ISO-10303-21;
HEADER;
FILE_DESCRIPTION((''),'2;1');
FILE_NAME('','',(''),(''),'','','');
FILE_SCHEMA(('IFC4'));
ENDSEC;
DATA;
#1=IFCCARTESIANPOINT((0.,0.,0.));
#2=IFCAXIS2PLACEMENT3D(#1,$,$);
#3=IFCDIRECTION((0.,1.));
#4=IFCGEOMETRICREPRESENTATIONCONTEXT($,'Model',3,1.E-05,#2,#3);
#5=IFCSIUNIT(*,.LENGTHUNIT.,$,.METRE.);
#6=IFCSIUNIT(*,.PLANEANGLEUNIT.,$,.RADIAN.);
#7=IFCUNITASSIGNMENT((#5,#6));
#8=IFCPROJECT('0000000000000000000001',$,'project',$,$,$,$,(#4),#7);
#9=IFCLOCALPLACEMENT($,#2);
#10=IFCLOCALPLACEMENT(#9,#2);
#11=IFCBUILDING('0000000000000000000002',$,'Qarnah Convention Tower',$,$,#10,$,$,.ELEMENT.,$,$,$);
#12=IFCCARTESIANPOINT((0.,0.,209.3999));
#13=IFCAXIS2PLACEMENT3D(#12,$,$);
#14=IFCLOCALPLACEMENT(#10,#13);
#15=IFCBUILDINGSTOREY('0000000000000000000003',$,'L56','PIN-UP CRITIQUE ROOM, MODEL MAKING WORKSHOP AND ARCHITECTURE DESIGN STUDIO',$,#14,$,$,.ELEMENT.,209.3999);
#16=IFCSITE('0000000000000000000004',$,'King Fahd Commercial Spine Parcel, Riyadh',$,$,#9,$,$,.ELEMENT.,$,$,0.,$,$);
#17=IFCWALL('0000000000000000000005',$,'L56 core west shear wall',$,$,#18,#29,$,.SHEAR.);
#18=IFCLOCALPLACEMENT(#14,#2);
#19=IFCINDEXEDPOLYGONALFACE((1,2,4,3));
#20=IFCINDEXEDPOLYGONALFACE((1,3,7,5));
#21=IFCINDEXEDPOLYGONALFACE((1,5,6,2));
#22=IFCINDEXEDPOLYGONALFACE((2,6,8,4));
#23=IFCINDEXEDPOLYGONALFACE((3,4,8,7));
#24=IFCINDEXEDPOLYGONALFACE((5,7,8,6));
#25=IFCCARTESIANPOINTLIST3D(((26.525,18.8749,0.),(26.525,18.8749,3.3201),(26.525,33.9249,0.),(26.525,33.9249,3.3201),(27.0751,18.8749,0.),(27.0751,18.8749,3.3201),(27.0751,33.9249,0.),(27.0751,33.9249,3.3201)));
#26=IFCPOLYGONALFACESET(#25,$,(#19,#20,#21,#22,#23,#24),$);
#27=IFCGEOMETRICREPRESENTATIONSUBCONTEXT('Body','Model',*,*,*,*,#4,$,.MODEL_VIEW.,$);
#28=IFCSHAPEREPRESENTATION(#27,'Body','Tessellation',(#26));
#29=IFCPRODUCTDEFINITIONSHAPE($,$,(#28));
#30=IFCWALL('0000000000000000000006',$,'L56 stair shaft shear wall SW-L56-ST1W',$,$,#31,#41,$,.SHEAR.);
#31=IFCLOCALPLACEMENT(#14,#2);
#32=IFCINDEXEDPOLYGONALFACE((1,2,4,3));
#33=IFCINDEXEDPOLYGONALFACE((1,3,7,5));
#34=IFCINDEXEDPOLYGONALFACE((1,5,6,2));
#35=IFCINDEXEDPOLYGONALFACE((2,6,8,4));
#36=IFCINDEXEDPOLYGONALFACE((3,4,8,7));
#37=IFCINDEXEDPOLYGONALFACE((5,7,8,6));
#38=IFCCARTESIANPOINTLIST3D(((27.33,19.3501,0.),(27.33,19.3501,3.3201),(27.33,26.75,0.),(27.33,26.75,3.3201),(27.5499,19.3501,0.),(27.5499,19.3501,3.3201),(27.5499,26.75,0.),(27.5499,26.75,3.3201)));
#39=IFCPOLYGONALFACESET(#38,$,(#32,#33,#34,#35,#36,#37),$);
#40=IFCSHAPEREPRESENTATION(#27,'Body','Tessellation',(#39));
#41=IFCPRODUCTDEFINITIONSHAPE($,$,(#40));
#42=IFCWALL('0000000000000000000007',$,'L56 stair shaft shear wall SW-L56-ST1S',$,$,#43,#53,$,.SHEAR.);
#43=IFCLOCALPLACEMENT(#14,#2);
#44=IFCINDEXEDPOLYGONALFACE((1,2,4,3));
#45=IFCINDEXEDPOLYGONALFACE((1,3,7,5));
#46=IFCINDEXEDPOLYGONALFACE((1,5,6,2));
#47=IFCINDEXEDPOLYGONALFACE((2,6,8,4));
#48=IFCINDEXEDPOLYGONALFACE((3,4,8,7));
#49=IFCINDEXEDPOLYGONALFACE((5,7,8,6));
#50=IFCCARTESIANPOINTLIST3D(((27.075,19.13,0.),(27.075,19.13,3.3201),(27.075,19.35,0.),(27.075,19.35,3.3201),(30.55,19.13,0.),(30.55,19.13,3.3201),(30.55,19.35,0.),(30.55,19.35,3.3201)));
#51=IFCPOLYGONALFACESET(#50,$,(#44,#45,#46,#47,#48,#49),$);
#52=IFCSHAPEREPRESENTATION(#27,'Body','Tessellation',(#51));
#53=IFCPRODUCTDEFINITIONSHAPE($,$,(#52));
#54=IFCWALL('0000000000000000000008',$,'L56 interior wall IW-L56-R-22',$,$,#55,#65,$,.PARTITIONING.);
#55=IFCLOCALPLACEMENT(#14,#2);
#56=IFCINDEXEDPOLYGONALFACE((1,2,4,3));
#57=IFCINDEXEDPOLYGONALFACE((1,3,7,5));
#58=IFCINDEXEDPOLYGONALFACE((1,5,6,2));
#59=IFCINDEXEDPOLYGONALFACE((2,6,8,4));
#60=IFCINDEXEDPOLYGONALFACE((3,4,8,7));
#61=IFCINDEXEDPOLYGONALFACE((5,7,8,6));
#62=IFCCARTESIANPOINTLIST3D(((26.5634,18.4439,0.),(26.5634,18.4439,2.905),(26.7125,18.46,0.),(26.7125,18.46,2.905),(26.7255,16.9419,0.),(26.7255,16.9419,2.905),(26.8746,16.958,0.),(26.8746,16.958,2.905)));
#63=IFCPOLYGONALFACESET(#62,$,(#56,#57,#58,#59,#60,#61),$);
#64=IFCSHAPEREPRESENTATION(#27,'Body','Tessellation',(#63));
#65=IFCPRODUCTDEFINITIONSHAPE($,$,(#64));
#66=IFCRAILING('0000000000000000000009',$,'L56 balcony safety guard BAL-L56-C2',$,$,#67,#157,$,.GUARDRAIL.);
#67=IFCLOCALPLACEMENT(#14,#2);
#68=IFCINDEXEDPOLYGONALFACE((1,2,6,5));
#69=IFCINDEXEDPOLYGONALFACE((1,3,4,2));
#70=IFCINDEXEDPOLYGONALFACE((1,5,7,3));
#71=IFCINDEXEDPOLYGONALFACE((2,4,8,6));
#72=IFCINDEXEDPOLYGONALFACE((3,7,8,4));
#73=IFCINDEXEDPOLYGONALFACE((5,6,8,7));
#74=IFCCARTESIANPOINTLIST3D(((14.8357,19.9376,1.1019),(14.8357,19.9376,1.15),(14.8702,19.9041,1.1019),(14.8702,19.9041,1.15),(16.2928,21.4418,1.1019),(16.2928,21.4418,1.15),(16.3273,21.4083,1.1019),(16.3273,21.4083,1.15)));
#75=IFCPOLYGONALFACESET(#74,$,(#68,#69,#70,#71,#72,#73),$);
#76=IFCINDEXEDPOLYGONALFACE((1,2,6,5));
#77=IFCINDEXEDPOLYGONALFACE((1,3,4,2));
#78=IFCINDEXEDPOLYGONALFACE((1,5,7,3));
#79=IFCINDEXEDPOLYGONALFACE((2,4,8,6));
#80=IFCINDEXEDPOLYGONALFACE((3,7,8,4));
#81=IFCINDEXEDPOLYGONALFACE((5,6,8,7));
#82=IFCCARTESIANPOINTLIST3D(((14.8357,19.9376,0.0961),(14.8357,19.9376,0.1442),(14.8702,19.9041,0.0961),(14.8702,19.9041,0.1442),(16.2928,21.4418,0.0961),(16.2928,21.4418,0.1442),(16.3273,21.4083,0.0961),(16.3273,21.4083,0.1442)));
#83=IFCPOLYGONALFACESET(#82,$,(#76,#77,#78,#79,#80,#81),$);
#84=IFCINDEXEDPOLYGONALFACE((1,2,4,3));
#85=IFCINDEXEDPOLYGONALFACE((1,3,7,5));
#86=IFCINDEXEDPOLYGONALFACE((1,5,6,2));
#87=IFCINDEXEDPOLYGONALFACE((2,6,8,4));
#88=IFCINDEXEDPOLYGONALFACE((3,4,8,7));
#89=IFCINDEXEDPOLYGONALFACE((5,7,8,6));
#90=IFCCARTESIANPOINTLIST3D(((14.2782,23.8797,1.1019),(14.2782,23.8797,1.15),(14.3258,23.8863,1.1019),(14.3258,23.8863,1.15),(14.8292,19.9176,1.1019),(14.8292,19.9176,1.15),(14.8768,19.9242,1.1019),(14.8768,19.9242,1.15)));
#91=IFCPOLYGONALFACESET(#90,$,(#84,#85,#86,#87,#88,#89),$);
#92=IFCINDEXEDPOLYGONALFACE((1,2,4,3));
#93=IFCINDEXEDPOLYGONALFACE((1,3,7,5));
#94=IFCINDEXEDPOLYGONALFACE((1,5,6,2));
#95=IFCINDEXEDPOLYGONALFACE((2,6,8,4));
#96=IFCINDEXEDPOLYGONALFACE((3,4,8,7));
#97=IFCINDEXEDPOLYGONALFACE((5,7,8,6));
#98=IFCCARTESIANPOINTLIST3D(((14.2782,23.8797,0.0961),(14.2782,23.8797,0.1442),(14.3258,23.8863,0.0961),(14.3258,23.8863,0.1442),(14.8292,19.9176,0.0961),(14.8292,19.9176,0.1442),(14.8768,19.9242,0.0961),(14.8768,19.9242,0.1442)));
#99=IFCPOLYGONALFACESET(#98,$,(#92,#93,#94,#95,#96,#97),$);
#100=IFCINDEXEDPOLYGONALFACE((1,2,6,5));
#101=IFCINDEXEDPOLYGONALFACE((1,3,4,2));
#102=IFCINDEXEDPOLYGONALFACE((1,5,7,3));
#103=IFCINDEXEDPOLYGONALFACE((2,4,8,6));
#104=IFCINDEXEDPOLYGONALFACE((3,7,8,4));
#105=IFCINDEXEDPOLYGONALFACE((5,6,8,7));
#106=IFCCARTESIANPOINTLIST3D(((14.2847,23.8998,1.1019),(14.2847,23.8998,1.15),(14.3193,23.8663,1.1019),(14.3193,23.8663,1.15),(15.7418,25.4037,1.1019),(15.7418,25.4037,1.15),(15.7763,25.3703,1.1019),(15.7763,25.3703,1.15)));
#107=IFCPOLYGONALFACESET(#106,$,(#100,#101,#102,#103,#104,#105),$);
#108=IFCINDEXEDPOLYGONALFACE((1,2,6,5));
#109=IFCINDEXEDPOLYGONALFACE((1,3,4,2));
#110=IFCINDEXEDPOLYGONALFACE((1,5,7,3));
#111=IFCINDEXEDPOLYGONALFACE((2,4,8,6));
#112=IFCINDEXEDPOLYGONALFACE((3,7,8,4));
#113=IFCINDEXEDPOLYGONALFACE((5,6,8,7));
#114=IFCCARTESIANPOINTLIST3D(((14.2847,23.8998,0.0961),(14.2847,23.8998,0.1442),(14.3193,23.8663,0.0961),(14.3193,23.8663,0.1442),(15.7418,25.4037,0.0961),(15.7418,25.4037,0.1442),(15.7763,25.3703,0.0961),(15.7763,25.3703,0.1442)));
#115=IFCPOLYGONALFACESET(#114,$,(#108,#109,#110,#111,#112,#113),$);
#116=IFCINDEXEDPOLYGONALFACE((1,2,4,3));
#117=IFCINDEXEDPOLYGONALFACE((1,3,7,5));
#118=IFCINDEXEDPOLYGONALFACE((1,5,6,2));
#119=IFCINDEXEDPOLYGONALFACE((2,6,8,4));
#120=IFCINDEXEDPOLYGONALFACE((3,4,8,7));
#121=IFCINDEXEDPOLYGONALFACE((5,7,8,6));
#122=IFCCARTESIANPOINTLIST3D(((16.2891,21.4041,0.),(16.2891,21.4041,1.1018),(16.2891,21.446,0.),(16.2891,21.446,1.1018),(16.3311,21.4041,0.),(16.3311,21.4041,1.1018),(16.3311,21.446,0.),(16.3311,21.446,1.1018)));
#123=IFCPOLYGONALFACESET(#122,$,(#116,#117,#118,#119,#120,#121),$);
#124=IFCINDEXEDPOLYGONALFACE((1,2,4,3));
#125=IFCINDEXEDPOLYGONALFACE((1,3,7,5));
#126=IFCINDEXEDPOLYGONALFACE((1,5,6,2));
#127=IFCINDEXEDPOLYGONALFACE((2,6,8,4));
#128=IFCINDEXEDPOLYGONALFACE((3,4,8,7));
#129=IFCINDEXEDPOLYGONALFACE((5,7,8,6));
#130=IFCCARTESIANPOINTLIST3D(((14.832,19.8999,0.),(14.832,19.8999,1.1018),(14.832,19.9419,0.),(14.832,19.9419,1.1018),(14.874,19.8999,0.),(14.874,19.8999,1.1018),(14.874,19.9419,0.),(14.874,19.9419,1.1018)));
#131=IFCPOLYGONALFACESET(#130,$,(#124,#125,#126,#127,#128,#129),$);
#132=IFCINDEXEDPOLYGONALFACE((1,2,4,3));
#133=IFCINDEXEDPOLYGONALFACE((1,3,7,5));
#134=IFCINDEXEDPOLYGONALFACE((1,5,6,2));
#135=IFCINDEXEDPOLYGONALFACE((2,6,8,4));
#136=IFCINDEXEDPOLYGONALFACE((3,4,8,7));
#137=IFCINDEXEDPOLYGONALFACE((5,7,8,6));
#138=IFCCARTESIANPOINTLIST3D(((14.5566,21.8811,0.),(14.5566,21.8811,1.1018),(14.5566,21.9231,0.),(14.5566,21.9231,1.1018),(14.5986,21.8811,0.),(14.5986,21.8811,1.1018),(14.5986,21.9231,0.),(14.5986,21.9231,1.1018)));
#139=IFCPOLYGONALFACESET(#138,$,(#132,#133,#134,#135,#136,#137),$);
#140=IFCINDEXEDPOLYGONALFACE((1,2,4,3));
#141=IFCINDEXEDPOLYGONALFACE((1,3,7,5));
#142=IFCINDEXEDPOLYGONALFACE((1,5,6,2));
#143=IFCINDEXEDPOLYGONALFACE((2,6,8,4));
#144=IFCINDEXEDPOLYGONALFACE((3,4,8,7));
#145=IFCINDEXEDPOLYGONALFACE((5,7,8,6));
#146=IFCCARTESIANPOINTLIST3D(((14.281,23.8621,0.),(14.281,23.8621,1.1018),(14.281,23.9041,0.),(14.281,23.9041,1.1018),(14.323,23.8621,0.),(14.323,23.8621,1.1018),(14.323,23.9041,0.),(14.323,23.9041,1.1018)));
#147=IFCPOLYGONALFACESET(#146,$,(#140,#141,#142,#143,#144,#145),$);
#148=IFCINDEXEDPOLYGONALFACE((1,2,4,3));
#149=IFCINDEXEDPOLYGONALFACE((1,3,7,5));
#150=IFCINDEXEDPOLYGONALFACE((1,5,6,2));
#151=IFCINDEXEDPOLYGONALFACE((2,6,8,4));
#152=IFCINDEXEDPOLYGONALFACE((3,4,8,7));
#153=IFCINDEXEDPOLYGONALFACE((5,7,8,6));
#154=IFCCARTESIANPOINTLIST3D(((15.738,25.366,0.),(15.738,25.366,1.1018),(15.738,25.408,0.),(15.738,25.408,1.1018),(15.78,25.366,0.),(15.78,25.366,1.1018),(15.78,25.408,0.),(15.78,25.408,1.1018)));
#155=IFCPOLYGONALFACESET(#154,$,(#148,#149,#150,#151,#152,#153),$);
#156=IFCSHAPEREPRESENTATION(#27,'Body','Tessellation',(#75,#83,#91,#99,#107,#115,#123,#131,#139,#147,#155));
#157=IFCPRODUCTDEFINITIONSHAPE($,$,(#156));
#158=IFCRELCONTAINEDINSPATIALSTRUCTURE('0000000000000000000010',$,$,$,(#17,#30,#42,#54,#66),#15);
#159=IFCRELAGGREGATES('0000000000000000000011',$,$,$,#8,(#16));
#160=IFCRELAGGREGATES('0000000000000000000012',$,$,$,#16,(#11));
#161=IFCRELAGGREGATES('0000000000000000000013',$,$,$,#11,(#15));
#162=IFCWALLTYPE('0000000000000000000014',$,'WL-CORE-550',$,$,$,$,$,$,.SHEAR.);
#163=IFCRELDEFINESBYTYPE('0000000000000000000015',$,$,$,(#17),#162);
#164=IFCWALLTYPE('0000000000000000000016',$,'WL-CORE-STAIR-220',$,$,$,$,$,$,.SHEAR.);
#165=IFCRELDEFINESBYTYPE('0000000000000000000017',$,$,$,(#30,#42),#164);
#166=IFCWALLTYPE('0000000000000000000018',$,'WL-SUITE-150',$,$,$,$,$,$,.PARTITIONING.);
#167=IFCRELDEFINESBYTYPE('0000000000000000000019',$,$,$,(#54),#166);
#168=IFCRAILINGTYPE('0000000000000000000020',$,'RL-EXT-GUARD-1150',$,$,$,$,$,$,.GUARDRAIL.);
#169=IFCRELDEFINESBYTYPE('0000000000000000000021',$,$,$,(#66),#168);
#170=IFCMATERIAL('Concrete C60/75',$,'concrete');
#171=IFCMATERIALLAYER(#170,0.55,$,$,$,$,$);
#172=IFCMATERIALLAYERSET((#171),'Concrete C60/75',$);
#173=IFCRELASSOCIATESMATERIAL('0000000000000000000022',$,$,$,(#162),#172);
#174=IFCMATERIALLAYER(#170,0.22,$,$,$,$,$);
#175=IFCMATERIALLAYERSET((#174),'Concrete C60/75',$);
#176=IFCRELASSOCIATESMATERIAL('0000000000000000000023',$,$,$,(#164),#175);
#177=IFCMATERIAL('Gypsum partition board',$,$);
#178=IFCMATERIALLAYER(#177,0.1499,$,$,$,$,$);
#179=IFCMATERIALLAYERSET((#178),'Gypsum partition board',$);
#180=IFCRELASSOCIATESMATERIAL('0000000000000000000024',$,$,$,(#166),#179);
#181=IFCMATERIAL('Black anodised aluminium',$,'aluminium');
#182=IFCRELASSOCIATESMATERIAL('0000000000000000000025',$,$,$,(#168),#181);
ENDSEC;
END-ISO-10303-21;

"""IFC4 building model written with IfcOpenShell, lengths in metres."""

from ifc_helpers import new_model, si_unit, direction, frame, frame_2d, origin, origin_2d, place, context, subcontext, project, spatial, rectangle, extrude, material, layer, layer_set, type_object, element, save


model = new_model("IFC4")

# Units and contexts
model_context = context("Model", 3, precision=1e-05, world=origin(), true_north=direction((0.0, 1.0)))
body_context = subcontext(model_context, "Body", "Model", "MODEL_VIEW")
ifc_project = project(units=[si_unit("LENGTHUNIT", "METRE"), si_unit("PLANEANGLEUNIT", "RADIAN")], contexts=[model_context])

# Site, building, storey
site_placement = place(None, origin())
site = spatial("IfcSite", under=ifc_project, at=site_placement, Name="King Fahd Commercial Spine Parcel, Riyadh", CompositionType="ELEMENT", RefElevation=0.0)
building_placement = place(site_placement, origin())
building = spatial("IfcBuilding", under=site, at=building_placement, Name="Qarnah Convention Tower", CompositionType="ELEMENT")
storey_placement = place(building_placement, frame((0.0, 0.0, 209.3999)))
storey = spatial("IfcBuildingStorey", under=building, at=storey_placement, Name="L56", Description="PIN-UP CRITIQUE ROOM, MODEL MAKING WORKSHOP AND ARCHITECTURE DESIGN STUDIO", CompositionType="ELEMENT", Elevation=209.3999)

# Shared definitions
ifc_material_1 = material(Name="Black anodised aluminium", Category="aluminium")

# Shared definitions
ifc_material_2 = material(Name="Concrete C60/75", Category="concrete")
ifc_layer_1 = layer(ifc_material_2, 0.55)
ifc_layer_set_1 = layer_set([ifc_layer_1], Name="Concrete C60/75")
wall_type_1 = type_object("IfcWallType", Name="WL-CORE-550", PredefinedType="SHEAR", material=ifc_layer_set_1)

# Walls
wall_1_placement = place(storey_placement, frame((26.8, 18.875, 0.0), z_axis=(0.0, 0.0, 1.0), x_axis=(0.0, 1.0, 0.0)))
element("IfcWall", 1, at=wall_1_placement, inside=storey, type_object=wall_type_1, Name="L56 core west shear wall", PredefinedType="SHEAR", context=body_context, shape_type="SweptSolid", body=[
    extrude(rectangle(XDim=15.05, YDim=0.55, at=frame_2d((7.5249, 0.0))), origin(), (0.0, 0.0, 1.0), 3.3201),
])
ifc_layer_2 = layer(ifc_material_2, 0.22)
ifc_layer_set_2 = layer_set([ifc_layer_2], Name="Concrete C60/75")
wall_type_2 = type_object("IfcWallType", Name="WL-CORE-STAIR-220", PredefinedType="SHEAR", material=ifc_layer_set_2)
wall_2_placement = place(storey_placement, frame((27.4399, 19.3501, 0.0), z_axis=(0.0, 0.0, 1.0), x_axis=(0.0, 1.0, 0.0)))
element("IfcWall", 2, at=wall_2_placement, inside=storey, type_object=wall_type_2, Name="L56 stair shaft shear wall SW-L56-ST1W", PredefinedType="SHEAR", context=body_context, shape_type="SweptSolid", body=[
    extrude(rectangle(XDim=7.3999, YDim=0.22, at=frame_2d((3.7, 0.0))), origin(), (0.0, 0.0, 1.0), 3.3201),
])
wall_3_placement = place(storey_placement, frame((27.075, 19.24, 0.0), z_axis=(0.0, 0.0, 1.0), x_axis=(1.0, 0.0, 0.0)))
element("IfcWall", 3, at=wall_3_placement, inside=storey, type_object=wall_type_2, Name="L56 stair shaft shear wall SW-L56-ST1S", PredefinedType="SHEAR", context=body_context, shape_type="SweptSolid", body=[
    extrude(rectangle(XDim=3.4751, YDim=0.22, at=frame_2d((1.7375, 0.0))), origin(), (0.0, 0.0, 1.0), 3.3201),
])

# Shared definitions
ifc_material_3 = material(Name="Gypsum partition board")
ifc_layer_3 = layer(ifc_material_3, 0.1499)
ifc_layer_set_3 = layer_set([ifc_layer_3], Name="Gypsum partition board")
wall_type_3 = type_object("IfcWallType", Name="WL-SUITE-150", PredefinedType="PARTITIONING", material=ifc_layer_set_3)

# Wall
wall_4_placement = place(storey_placement, frame((26.8, 16.95, 0.0), z_axis=(0.0, 0.0, 1.0), x_axis=(-0.107309, 0.994226, 0.0)))
element("IfcWall", 4, at=wall_4_placement, inside=storey, type_object=wall_type_3, Name="L56 interior wall IW-L56-R-22", PredefinedType="PARTITIONING", context=body_context, shape_type="SweptSolid", body=[
    extrude(rectangle(XDim=1.5107, YDim=0.1499, at=frame_2d((0.7554, 0.0))), origin(), (0.0, 0.0, 1.0), 2.905),
])

# Railing
railing_type = type_object("IfcRailingType", Name="RL-EXT-GUARD-1150", PredefinedType="GUARDRAIL", material=ifc_material_1)
railing_placement = place(storey_placement, frame((16.3101, 21.425, 0.0)))
element("IfcRailing", 5, at=railing_placement, inside=storey, type_object=railing_type, Name="L56 balcony safety guard BAL-L56-C2", PredefinedType="GUARDRAIL", context=body_context, shape_type="SweptSolid", body=[
    extrude(rectangle(XDim=0.0481, YDim=0.0481, at=origin_2d()), frame((0.0, 0.0, 1.126), z_axis=(-0.695767, -0.718268, 0.0), x_axis=(0.718268, -0.695767, 0.0)), (0.0, 0.0, 1.0), 2.0942),
    extrude(rectangle(XDim=0.0481, YDim=0.0481, at=origin_2d()), frame((0.0, 0.0, 0.1201), z_axis=(-0.695767, -0.718268, 0.0), x_axis=(0.718268, -0.695767, 0.0)), (0.0, 0.0, 1.0), 2.0942),
    extrude(rectangle(XDim=0.0481, YDim=0.0481, at=origin_2d()), frame((-1.457, -1.5042, 1.126), z_axis=(-0.137746, 0.990468, 0.0), x_axis=(-0.990468, -0.137746, 0.0)), (0.0, 0.0, 1.0), 4.0002),
    extrude(rectangle(XDim=0.0481, YDim=0.0481, at=origin_2d()), frame((-1.457, -1.5042, 0.1201), z_axis=(-0.137746, 0.990468, 0.0), x_axis=(-0.990468, -0.137746, 0.0)), (0.0, 0.0, 1.0), 4.0002),
    extrude(rectangle(XDim=0.0481, YDim=0.0481, at=origin_2d()), frame((-2.0081, 2.458, 1.126), z_axis=(0.695825, 0.718211, 0.0), x_axis=(-0.718211, 0.695825, 0.0)), (0.0, 0.0, 1.0), 2.094),
    extrude(rectangle(XDim=0.0481, YDim=0.0481, at=origin_2d()), frame((-2.0081, 2.458, 0.1201), z_axis=(0.695825, 0.718211, 0.0), x_axis=(-0.718211, 0.695825, 0.0)), (0.0, 0.0, 1.0), 2.094),
    extrude(rectangle(XDim=0.042, YDim=0.042, at=origin_2d()), origin(), (0.0, 0.0, 1.0), 1.1018),
    extrude(rectangle(XDim=0.042, YDim=0.042, at=origin_2d()), frame((-1.457, -1.5042, 0.0)), (0.0, 0.0, 1.0), 1.1018),
    extrude(rectangle(XDim=0.042, YDim=0.042, at=origin_2d()), frame((-1.7324, 0.4771, 0.0)), (0.0, 0.0, 1.0), 1.1018),
    extrude(rectangle(XDim=0.042, YDim=0.042, at=origin_2d()), frame((-2.0081, 2.458, 0.0)), (0.0, 0.0, 1.0), 1.1018),
    extrude(rectangle(XDim=0.042, YDim=0.042, at=origin_2d()), frame((-0.551, 3.9619, 0.0)), (0.0, 0.0, 1.0), 1.1018),
])

save(model, "model.ifc")
